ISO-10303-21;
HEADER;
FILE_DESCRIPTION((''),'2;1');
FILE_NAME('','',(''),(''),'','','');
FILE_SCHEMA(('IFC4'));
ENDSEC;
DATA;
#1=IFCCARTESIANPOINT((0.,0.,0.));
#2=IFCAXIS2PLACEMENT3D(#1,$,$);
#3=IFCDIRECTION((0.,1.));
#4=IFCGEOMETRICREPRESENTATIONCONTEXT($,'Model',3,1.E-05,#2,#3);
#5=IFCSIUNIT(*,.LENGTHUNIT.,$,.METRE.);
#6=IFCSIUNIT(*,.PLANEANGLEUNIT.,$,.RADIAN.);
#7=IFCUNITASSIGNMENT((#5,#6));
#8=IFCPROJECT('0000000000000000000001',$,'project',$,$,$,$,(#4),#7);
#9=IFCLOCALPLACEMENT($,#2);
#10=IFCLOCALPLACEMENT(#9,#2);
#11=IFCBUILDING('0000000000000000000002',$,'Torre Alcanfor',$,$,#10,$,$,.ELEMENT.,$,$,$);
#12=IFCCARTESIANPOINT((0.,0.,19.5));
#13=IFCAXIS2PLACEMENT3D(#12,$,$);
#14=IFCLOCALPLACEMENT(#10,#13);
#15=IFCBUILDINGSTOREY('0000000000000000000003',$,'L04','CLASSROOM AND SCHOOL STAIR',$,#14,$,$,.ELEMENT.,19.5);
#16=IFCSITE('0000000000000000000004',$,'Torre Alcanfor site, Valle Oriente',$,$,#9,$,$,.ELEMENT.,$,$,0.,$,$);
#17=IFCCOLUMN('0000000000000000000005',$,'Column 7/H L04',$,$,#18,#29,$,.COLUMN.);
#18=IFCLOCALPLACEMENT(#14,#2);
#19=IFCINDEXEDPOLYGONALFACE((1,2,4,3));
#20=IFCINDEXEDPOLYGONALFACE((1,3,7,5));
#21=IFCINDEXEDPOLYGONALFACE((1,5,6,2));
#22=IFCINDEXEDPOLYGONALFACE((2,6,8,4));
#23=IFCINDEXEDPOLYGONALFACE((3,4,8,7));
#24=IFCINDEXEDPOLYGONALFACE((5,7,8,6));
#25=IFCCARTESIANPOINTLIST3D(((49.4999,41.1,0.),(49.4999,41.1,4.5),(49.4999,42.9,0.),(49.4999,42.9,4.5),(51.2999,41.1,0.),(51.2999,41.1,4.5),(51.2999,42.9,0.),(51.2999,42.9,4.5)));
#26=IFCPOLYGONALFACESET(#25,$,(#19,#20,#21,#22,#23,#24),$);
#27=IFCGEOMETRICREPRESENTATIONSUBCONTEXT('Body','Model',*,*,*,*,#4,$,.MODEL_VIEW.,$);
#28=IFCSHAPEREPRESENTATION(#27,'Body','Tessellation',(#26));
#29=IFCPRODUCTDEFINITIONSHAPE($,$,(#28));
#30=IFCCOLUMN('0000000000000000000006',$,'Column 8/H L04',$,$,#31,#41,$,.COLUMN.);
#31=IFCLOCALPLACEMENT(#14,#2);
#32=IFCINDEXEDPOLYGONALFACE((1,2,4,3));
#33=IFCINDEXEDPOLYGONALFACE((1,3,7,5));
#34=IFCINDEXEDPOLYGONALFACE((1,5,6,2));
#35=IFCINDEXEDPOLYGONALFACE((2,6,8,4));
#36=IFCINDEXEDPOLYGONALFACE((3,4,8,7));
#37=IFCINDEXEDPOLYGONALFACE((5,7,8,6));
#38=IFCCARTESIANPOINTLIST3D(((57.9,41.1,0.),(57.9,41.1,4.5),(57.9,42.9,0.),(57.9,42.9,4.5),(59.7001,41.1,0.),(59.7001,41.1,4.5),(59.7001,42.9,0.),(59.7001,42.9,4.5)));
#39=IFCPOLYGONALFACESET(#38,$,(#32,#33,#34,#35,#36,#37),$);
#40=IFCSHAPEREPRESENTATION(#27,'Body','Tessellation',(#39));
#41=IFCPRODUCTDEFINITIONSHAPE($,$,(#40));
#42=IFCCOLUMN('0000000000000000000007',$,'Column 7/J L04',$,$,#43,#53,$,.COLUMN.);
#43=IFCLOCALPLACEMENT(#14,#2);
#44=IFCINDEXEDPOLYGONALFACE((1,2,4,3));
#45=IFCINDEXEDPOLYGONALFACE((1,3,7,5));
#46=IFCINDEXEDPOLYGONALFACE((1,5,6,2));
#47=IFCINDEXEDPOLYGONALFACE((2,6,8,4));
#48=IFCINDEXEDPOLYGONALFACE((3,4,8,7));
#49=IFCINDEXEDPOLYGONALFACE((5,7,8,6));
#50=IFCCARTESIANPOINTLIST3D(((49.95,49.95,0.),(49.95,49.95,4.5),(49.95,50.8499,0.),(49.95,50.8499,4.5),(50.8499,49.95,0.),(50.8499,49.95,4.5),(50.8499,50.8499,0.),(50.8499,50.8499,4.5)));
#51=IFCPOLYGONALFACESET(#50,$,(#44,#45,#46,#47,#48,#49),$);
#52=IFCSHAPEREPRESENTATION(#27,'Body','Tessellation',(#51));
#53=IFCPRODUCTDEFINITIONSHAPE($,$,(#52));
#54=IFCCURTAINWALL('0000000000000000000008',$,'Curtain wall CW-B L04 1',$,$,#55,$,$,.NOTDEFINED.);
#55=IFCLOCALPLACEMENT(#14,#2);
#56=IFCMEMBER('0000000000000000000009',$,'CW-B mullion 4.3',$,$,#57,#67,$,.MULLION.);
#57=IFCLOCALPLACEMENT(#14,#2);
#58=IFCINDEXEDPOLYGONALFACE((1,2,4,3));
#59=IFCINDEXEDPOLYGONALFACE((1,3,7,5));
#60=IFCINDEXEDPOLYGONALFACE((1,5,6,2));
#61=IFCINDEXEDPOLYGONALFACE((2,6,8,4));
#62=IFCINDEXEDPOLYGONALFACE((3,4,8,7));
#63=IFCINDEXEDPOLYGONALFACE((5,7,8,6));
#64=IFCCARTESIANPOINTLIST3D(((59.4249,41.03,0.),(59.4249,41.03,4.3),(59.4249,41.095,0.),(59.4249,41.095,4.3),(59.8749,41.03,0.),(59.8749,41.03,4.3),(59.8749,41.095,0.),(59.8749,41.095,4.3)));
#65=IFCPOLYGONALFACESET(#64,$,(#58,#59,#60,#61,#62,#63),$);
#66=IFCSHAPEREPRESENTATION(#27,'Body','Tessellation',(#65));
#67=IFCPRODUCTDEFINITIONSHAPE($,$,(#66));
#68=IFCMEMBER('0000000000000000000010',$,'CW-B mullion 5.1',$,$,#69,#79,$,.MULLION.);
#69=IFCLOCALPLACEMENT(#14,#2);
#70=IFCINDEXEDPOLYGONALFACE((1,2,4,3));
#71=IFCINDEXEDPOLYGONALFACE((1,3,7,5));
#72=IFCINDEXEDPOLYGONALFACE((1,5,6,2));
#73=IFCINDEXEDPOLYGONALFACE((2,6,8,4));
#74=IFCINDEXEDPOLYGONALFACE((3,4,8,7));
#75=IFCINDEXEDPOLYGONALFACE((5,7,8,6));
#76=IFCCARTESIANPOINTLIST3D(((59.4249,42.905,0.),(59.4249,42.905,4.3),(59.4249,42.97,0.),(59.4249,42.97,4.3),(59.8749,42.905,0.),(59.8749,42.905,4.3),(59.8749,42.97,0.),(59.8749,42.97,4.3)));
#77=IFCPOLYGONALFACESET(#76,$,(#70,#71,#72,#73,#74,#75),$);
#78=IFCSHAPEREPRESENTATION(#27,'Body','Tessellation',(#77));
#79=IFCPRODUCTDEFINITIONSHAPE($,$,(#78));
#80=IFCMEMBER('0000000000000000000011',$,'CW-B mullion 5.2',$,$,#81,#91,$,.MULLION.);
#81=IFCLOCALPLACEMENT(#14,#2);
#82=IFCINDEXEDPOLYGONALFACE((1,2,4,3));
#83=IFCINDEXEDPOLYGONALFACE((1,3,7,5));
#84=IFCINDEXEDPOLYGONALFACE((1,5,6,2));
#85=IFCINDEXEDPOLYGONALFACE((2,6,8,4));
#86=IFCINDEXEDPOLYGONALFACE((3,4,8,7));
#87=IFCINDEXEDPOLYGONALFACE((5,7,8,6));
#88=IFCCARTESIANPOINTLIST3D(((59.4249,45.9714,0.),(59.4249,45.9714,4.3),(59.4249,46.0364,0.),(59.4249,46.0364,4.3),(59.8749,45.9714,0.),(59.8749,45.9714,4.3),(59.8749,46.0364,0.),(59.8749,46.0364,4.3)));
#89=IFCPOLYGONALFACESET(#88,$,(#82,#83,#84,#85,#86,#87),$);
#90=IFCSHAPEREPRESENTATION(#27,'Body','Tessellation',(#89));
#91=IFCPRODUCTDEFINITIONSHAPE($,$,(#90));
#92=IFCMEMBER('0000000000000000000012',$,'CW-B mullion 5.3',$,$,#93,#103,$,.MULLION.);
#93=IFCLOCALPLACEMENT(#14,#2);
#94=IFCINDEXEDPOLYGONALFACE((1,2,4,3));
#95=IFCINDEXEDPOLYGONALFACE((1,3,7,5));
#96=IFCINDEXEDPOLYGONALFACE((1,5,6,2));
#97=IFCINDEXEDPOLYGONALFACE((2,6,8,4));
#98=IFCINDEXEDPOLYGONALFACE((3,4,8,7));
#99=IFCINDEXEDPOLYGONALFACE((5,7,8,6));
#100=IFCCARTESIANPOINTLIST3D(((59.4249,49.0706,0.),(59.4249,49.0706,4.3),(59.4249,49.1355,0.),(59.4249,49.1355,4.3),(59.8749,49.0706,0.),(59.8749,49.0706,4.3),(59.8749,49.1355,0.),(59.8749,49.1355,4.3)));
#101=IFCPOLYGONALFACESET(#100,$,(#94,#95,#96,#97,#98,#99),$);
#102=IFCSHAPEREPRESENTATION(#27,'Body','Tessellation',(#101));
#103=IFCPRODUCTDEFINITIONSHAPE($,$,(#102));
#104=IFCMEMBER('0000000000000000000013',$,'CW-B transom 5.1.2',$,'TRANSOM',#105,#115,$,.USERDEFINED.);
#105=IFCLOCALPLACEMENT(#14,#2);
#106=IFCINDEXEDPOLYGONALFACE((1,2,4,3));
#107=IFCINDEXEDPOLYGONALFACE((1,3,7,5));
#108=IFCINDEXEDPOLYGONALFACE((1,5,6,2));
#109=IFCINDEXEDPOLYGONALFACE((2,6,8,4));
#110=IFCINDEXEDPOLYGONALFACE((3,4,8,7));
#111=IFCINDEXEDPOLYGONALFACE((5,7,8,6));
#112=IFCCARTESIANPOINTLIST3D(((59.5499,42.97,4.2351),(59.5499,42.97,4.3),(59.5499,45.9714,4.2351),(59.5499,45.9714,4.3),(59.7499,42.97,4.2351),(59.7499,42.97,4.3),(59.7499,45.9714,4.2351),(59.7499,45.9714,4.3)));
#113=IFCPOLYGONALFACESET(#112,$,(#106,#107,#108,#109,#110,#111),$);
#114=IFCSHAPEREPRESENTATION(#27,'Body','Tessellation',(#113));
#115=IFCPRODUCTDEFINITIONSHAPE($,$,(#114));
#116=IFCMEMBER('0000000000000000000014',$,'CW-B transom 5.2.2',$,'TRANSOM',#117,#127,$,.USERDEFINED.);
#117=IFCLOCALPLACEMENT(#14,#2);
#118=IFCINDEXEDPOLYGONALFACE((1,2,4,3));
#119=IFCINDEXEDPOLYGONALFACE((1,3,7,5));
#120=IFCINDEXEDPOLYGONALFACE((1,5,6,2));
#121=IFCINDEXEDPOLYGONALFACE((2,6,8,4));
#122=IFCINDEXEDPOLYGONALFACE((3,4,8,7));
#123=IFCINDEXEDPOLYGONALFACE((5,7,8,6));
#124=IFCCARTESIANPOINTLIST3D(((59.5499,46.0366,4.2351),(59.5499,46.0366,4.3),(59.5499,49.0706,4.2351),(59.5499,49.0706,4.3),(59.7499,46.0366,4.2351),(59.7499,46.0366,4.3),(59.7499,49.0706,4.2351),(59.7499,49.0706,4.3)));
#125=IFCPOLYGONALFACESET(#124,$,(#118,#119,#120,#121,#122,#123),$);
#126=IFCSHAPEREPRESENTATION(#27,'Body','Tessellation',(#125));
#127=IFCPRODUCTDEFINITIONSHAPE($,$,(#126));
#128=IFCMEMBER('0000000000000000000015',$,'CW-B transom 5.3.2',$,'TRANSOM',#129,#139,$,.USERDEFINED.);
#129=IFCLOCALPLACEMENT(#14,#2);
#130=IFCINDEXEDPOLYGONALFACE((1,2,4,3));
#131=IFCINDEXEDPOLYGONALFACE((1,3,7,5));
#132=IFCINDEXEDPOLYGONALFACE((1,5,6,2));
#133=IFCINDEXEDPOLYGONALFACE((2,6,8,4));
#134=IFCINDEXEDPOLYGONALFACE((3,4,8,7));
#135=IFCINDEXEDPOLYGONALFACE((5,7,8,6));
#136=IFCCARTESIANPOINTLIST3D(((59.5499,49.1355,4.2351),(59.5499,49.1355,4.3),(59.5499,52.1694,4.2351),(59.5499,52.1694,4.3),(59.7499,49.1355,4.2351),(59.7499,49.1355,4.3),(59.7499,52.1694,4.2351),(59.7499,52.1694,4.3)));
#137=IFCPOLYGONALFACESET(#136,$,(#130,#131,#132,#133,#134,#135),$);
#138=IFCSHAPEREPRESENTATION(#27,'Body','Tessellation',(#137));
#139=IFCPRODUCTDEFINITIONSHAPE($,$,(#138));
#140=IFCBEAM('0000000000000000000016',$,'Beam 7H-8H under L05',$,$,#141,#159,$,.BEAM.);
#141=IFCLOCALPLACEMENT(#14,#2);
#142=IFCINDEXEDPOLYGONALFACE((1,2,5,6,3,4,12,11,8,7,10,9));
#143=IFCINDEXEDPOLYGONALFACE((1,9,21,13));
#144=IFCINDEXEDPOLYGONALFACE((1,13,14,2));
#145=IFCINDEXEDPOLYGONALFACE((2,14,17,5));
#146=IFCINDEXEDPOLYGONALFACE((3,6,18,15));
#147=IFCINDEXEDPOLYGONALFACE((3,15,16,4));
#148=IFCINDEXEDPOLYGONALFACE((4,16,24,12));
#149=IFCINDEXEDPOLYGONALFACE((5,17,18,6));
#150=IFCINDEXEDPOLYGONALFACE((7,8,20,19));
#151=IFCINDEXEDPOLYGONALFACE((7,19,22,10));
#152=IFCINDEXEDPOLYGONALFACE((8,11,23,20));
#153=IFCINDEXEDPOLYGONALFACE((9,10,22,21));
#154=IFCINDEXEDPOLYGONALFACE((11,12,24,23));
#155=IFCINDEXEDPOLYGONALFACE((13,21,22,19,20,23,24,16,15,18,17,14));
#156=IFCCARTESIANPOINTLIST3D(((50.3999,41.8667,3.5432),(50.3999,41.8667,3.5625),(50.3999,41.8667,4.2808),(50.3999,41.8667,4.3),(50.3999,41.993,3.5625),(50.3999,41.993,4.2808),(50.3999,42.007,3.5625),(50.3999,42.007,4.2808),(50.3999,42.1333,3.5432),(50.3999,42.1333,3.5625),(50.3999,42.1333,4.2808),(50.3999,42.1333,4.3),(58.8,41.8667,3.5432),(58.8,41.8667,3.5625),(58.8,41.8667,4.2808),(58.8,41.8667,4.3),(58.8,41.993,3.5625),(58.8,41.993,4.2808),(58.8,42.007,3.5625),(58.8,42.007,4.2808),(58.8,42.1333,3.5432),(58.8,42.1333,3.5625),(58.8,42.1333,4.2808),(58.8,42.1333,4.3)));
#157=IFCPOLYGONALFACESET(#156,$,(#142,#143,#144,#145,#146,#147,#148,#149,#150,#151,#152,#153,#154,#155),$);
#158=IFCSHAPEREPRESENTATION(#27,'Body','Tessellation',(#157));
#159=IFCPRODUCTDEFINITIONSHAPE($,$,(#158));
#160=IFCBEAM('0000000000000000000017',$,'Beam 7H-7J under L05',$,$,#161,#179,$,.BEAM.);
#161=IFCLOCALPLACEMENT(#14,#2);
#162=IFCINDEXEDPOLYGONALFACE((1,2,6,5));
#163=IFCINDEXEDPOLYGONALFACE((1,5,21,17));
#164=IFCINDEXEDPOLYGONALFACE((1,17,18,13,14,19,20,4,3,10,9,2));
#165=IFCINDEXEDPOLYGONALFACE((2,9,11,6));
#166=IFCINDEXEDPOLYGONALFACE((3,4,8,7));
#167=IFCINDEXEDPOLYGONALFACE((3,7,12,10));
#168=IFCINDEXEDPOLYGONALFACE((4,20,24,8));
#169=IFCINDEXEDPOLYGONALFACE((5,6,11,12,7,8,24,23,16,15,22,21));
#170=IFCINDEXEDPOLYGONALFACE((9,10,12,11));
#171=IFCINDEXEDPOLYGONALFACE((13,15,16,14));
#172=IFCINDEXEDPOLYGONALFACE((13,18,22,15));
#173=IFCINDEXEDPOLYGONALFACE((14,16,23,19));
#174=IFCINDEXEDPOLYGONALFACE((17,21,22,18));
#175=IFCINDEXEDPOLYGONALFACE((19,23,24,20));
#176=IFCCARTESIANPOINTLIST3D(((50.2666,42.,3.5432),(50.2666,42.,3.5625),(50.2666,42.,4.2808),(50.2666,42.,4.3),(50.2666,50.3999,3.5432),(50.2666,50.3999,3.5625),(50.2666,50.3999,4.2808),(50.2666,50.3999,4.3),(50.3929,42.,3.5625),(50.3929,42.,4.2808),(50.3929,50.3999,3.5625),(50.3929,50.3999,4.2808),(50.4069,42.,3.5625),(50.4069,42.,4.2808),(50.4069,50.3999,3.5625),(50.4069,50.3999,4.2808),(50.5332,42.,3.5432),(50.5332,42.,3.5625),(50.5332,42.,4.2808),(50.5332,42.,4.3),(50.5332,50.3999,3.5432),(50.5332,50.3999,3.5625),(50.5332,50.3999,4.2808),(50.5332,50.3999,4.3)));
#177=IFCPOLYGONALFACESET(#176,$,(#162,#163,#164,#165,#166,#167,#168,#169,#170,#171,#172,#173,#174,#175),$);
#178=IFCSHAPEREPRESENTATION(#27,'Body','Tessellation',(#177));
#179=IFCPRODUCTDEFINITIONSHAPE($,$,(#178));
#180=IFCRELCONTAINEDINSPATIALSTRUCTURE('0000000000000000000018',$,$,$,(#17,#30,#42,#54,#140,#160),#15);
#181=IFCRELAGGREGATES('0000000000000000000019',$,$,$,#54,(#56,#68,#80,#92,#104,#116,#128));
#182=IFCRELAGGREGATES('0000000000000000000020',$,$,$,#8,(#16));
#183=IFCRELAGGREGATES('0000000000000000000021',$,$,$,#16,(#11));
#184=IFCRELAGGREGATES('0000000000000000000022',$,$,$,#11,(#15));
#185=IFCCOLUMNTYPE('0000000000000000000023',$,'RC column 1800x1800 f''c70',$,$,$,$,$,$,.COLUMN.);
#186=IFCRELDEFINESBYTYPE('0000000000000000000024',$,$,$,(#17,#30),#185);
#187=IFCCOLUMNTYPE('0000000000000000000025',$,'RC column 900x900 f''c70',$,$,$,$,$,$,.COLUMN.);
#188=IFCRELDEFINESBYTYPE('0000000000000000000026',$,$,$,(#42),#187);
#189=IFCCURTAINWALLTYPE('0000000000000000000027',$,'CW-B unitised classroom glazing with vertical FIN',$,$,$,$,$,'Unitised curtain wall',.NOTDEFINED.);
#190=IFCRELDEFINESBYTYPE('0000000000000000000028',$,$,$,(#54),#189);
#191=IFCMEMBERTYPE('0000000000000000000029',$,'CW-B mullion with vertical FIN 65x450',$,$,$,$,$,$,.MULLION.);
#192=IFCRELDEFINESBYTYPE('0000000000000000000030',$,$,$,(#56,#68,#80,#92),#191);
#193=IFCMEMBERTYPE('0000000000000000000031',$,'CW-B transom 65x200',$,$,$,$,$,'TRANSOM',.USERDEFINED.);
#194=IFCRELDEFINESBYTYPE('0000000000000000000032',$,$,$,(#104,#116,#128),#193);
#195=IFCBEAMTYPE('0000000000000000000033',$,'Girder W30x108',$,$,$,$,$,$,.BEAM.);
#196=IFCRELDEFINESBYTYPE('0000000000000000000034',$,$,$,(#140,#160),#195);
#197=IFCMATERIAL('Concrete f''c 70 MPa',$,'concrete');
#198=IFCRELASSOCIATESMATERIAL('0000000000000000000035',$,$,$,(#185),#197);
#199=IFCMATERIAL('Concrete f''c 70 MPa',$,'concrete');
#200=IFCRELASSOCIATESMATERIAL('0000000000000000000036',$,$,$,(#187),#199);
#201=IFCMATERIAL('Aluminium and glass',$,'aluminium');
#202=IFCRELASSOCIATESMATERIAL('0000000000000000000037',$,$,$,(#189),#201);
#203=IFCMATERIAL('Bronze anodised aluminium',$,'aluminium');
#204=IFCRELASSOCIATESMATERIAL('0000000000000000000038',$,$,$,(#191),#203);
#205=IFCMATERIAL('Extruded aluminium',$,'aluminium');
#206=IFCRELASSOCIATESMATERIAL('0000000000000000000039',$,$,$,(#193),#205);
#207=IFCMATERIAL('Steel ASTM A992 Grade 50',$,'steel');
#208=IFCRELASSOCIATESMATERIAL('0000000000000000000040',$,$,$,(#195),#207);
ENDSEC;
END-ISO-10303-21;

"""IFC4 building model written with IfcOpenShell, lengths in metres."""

from ifc_helpers import new_model, si_unit, direction, frame, origin, origin_2d, place, context, subcontext, project, spatial, rectangle, i_section, extrude, material, material_profile, profile_set, type_object, element, aggregate, save


model = new_model("IFC4")

# Units and contexts
model_context = context("Model", 3, precision=1e-05, world=origin(), true_north=direction((0.0, 1.0)))
body_context = subcontext(model_context, "Body", "Model", "MODEL_VIEW")
ifc_project = project(units=[si_unit("LENGTHUNIT", "METRE"), si_unit("PLANEANGLEUNIT", "RADIAN")], contexts=[model_context])

# Site, building, storey
site_placement = place(None, origin())
site = spatial("IfcSite", under=ifc_project, at=site_placement, Name="Torre Alcanfor site, Valle Oriente", CompositionType="ELEMENT", RefElevation=0.0)
building_placement = place(site_placement, origin())
building = spatial("IfcBuilding", under=site, at=building_placement, Name="Torre Alcanfor", CompositionType="ELEMENT")
storey_placement = place(building_placement, frame((0.0, 0.0, 19.5)))
storey = spatial("IfcBuildingStorey", under=building, at=storey_placement, Name="L04", Description="CLASSROOM AND SCHOOL STAIR", CompositionType="ELEMENT", Elevation=19.5)

# Columns
ifc_material_1 = material(Name="Concrete f'c 70 MPa", Category="concrete")
ifc_material_profile_1 = material_profile(ifc_material_1, rectangle(XDim=1.8, YDim=1.8, at=origin_2d()), Name="1800x1800")
ifc_profile_set_1 = profile_set([ifc_material_profile_1], Name="Concrete f'c 70 MPa")
column_type_1 = type_object("IfcColumnType", Name="RC column 1800x1800 f'c70", PredefinedType="COLUMN", material=ifc_profile_set_1)
for number, where, z_axis, x_axis, name in (
    (1, (50.3999, 42.0, 0.0), (0.0, 0.0, 1.0), (1.0, 0.0, 0.0), "Column 7/H L04"),
    (2, (58.8, 42.0, 0.0), (0.0, 0.0, 1.0), (1.0, 0.0, 0.0), "Column 8/H L04"),
):
    element("IfcColumn", number, at=place(storey_placement, frame(where, z_axis=z_axis, x_axis=x_axis)), inside=storey, type_object=column_type_1, Name=name, PredefinedType="COLUMN", context=body_context, shape_type="SweptSolid", body=[
        extrude(rectangle(XDim=1.8, YDim=1.8, at=origin_2d()), origin(), (0.0, 0.0, 1.0), 4.5),
    ])
ifc_material_2 = material(Name="Concrete f'c 70 MPa", Category="concrete")
ifc_material_profile_2 = material_profile(ifc_material_2, rectangle(XDim=0.8999, YDim=0.8999, at=origin_2d()), Name="900x900")
ifc_profile_set_2 = profile_set([ifc_material_profile_2], Name="Concrete f'c 70 MPa")
column_type_2 = type_object("IfcColumnType", Name="RC column 900x900 f'c70", PredefinedType="COLUMN", material=ifc_profile_set_2)
column_placement = place(storey_placement, frame((50.3999, 50.3999, 0.0), z_axis=(0.0, 0.0, 1.0), x_axis=(1.0, 0.0, 0.0)))
element("IfcColumn", 3, at=column_placement, inside=storey, type_object=column_type_2, Name="Column 7/J L04", PredefinedType="COLUMN", context=body_context, shape_type="SweptSolid", body=[
    extrude(rectangle(XDim=0.8999, YDim=0.8999, at=origin_2d()), origin(), (0.0, 0.0, 1.0), 4.5),
])

# Curtain wall, members
ifc_material_3 = material(Name="Aluminium and glass", Category="aluminium")
curtain_wall_type = type_object("IfcCurtainWallType", Name="CW-B unitised classroom glazing with vertical FIN", ElementType="Unitised curtain wall", PredefinedType="NOTDEFINED", material=ifc_material_3)
curtain_wall_placement = place(storey_placement, origin())
curtain_wall = element("IfcCurtainWall", 4, at=curtain_wall_placement, inside=storey, type_object=curtain_wall_type, Name="Curtain wall CW-B L04 1", PredefinedType="NOTDEFINED")
ifc_material_4 = material(Name="Bronze anodised aluminium", Category="aluminium")
ifc_material_profile_3 = material_profile(ifc_material_4, rectangle(XDim=0.45, YDim=0.0649, at=origin_2d()), Name="CW-B mullion 65x450")
ifc_profile_set_3 = profile_set([ifc_material_profile_3], Name="Bronze anodised aluminium")
member_type_1 = type_object("IfcMemberType", Name="CW-B mullion with vertical FIN 65x450", PredefinedType="MULLION", material=ifc_profile_set_3)
member_1_placement = place(storey_placement, frame((59.6499, 41.0625, 0.0), z_axis=(0.0, 0.0, 1.0), x_axis=(-1.0, 0.0, 0.0)))
member_1 = element("IfcMember", 5, at=member_1_placement, type_object=member_type_1, Name="CW-B mullion 4.3", PredefinedType="MULLION", context=body_context, shape_type="SweptSolid", body=[
    extrude(rectangle(XDim=0.45, YDim=0.0649, at=origin_2d()), origin(), (0.0, 0.0, 1.0), 4.3),
])
member_2_placement = place(storey_placement, frame((59.6499, 42.9375, 0.0), z_axis=(0.0, 0.0, 1.0), x_axis=(-1.0, 0.0, 0.0)))
member_2 = element("IfcMember", 6, at=member_2_placement, type_object=member_type_1, Name="CW-B mullion 5.1", PredefinedType="MULLION", context=body_context, shape_type="SweptSolid", body=[
    extrude(rectangle(XDim=0.45, YDim=0.0649, at=origin_2d()), origin(), (0.0, 0.0, 1.0), 4.3),
])
member_3_placement = place(storey_placement, frame((59.6499, 46.0039, 0.0), z_axis=(0.0, 0.0, 1.0), x_axis=(-1.0, 0.0, 0.0)))
member_3 = element("IfcMember", 7, at=member_3_placement, type_object=member_type_1, Name="CW-B mullion 5.2", PredefinedType="MULLION", context=body_context, shape_type="SweptSolid", body=[
    extrude(rectangle(XDim=0.45, YDim=0.0649, at=origin_2d()), origin(), (0.0, 0.0, 1.0), 4.3),
])
member_4_placement = place(storey_placement, frame((59.6499, 49.103, 0.0), z_axis=(0.0, 0.0, 1.0), x_axis=(-1.0, 0.0, 0.0)))
member_4 = element("IfcMember", 8, at=member_4_placement, type_object=member_type_1, Name="CW-B mullion 5.3", PredefinedType="MULLION", context=body_context, shape_type="SweptSolid", body=[
    extrude(rectangle(XDim=0.45, YDim=0.0649, at=origin_2d()), origin(), (0.0, 0.0, 1.0), 4.3),
])
ifc_material_5 = material(Name="Extruded aluminium", Category="aluminium")
ifc_material_profile_4 = material_profile(ifc_material_5, rectangle(XDim=0.2, YDim=0.0649, at=origin_2d()), Name="CW-B transom 200x65")
ifc_profile_set_4 = profile_set([ifc_material_profile_4], Name="Extruded aluminium")
member_type_2 = type_object("IfcMemberType", Name="CW-B transom 65x200", ElementType="TRANSOM", PredefinedType="USERDEFINED", material=ifc_profile_set_4)
member_5_placement = place(storey_placement, frame((59.6499, 42.97, 4.2676), z_axis=(0.0, 1.0, 0.0), x_axis=(-1.0, 0.0, 0.0)))
member_5 = element("IfcMember", 9, at=member_5_placement, type_object=member_type_2, Name="CW-B transom 5.1.2", ObjectType="TRANSOM", PredefinedType="USERDEFINED", context=body_context, shape_type="SweptSolid", body=[
    extrude(rectangle(XDim=0.2, YDim=0.0649, at=origin_2d()), origin(), (0.0, 0.0, 1.0), 3.0015),
])
member_6_placement = place(storey_placement, frame((59.6499, 46.0366, 4.2676), z_axis=(0.0, 1.0, 0.0), x_axis=(-1.0, 0.0, 0.0)))
member_6 = element("IfcMember", 10, at=member_6_placement, type_object=member_type_2, Name="CW-B transom 5.2.2", ObjectType="TRANSOM", PredefinedType="USERDEFINED", context=body_context, shape_type="SweptSolid", body=[
    extrude(rectangle(XDim=0.2, YDim=0.0649, at=origin_2d()), origin(), (0.0, 0.0, 1.0), 3.0339),
])
member_7_placement = place(storey_placement, frame((59.6499, 49.1355, 4.2676), z_axis=(0.0, 1.0, 0.0), x_axis=(-1.0, 0.0, 0.0)))
member_7 = element("IfcMember", 11, at=member_7_placement, type_object=member_type_2, Name="CW-B transom 5.3.2", ObjectType="TRANSOM", PredefinedType="USERDEFINED", context=body_context, shape_type="SweptSolid", body=[
    extrude(rectangle(XDim=0.2, YDim=0.0649, at=origin_2d()), origin(), (0.0, 0.0, 1.0), 3.0339),
])

# Beams
ifc_material_6 = material(Name="Steel ASTM A992 Grade 50", Category="steel")
ifc_material_profile_5 = material_profile(ifc_material_6, i_section(OverallWidth=0.2666, OverallDepth=0.7568, WebThickness=0.0139, FlangeThickness=0.0193, at=origin_2d()), Name="W30x108")
ifc_profile_set_5 = profile_set([ifc_material_profile_5], Name="Steel ASTM A992 Grade 50")
beam_type_1 = type_object("IfcBeamType", Name="Girder W30x108", PredefinedType="BEAM", material=ifc_profile_set_5)
beam_1_placement = place(storey_placement, frame((50.3999, 42.0, 3.9216), z_axis=(1.0, 0.0, 0.0), x_axis=(0.0, 1.0, 0.0)))
element("IfcBeam", 12, at=beam_1_placement, inside=storey, type_object=beam_type_1, Name="Beam 7H-8H under L05", PredefinedType="BEAM", context=body_context, shape_type="SweptSolid", body=[
    extrude(i_section(OverallWidth=0.2666, OverallDepth=0.7568, WebThickness=0.0139, FlangeThickness=0.0193, at=origin_2d()), origin(), (0.0, 0.0, 1.0), 8.4001),
])
beam_2_placement = place(storey_placement, frame((50.3999, 42.0, 3.9216), z_axis=(0.0, 1.0, 0.0), x_axis=(-1.0, 0.0, 0.0)))
element("IfcBeam", 13, at=beam_2_placement, inside=storey, type_object=beam_type_1, Name="Beam 7H-7J under L05", PredefinedType="BEAM", context=body_context, shape_type="SweptSolid", body=[
    extrude(i_section(OverallWidth=0.2666, OverallDepth=0.7568, WebThickness=0.0139, FlangeThickness=0.0193, at=origin_2d()), origin(), (0.0, 0.0, 1.0), 8.3999),
])

aggregate(curtain_wall, [member_1, member_2, member_3, member_4, member_5, member_6, member_7])

save(model, "model.ifc")
